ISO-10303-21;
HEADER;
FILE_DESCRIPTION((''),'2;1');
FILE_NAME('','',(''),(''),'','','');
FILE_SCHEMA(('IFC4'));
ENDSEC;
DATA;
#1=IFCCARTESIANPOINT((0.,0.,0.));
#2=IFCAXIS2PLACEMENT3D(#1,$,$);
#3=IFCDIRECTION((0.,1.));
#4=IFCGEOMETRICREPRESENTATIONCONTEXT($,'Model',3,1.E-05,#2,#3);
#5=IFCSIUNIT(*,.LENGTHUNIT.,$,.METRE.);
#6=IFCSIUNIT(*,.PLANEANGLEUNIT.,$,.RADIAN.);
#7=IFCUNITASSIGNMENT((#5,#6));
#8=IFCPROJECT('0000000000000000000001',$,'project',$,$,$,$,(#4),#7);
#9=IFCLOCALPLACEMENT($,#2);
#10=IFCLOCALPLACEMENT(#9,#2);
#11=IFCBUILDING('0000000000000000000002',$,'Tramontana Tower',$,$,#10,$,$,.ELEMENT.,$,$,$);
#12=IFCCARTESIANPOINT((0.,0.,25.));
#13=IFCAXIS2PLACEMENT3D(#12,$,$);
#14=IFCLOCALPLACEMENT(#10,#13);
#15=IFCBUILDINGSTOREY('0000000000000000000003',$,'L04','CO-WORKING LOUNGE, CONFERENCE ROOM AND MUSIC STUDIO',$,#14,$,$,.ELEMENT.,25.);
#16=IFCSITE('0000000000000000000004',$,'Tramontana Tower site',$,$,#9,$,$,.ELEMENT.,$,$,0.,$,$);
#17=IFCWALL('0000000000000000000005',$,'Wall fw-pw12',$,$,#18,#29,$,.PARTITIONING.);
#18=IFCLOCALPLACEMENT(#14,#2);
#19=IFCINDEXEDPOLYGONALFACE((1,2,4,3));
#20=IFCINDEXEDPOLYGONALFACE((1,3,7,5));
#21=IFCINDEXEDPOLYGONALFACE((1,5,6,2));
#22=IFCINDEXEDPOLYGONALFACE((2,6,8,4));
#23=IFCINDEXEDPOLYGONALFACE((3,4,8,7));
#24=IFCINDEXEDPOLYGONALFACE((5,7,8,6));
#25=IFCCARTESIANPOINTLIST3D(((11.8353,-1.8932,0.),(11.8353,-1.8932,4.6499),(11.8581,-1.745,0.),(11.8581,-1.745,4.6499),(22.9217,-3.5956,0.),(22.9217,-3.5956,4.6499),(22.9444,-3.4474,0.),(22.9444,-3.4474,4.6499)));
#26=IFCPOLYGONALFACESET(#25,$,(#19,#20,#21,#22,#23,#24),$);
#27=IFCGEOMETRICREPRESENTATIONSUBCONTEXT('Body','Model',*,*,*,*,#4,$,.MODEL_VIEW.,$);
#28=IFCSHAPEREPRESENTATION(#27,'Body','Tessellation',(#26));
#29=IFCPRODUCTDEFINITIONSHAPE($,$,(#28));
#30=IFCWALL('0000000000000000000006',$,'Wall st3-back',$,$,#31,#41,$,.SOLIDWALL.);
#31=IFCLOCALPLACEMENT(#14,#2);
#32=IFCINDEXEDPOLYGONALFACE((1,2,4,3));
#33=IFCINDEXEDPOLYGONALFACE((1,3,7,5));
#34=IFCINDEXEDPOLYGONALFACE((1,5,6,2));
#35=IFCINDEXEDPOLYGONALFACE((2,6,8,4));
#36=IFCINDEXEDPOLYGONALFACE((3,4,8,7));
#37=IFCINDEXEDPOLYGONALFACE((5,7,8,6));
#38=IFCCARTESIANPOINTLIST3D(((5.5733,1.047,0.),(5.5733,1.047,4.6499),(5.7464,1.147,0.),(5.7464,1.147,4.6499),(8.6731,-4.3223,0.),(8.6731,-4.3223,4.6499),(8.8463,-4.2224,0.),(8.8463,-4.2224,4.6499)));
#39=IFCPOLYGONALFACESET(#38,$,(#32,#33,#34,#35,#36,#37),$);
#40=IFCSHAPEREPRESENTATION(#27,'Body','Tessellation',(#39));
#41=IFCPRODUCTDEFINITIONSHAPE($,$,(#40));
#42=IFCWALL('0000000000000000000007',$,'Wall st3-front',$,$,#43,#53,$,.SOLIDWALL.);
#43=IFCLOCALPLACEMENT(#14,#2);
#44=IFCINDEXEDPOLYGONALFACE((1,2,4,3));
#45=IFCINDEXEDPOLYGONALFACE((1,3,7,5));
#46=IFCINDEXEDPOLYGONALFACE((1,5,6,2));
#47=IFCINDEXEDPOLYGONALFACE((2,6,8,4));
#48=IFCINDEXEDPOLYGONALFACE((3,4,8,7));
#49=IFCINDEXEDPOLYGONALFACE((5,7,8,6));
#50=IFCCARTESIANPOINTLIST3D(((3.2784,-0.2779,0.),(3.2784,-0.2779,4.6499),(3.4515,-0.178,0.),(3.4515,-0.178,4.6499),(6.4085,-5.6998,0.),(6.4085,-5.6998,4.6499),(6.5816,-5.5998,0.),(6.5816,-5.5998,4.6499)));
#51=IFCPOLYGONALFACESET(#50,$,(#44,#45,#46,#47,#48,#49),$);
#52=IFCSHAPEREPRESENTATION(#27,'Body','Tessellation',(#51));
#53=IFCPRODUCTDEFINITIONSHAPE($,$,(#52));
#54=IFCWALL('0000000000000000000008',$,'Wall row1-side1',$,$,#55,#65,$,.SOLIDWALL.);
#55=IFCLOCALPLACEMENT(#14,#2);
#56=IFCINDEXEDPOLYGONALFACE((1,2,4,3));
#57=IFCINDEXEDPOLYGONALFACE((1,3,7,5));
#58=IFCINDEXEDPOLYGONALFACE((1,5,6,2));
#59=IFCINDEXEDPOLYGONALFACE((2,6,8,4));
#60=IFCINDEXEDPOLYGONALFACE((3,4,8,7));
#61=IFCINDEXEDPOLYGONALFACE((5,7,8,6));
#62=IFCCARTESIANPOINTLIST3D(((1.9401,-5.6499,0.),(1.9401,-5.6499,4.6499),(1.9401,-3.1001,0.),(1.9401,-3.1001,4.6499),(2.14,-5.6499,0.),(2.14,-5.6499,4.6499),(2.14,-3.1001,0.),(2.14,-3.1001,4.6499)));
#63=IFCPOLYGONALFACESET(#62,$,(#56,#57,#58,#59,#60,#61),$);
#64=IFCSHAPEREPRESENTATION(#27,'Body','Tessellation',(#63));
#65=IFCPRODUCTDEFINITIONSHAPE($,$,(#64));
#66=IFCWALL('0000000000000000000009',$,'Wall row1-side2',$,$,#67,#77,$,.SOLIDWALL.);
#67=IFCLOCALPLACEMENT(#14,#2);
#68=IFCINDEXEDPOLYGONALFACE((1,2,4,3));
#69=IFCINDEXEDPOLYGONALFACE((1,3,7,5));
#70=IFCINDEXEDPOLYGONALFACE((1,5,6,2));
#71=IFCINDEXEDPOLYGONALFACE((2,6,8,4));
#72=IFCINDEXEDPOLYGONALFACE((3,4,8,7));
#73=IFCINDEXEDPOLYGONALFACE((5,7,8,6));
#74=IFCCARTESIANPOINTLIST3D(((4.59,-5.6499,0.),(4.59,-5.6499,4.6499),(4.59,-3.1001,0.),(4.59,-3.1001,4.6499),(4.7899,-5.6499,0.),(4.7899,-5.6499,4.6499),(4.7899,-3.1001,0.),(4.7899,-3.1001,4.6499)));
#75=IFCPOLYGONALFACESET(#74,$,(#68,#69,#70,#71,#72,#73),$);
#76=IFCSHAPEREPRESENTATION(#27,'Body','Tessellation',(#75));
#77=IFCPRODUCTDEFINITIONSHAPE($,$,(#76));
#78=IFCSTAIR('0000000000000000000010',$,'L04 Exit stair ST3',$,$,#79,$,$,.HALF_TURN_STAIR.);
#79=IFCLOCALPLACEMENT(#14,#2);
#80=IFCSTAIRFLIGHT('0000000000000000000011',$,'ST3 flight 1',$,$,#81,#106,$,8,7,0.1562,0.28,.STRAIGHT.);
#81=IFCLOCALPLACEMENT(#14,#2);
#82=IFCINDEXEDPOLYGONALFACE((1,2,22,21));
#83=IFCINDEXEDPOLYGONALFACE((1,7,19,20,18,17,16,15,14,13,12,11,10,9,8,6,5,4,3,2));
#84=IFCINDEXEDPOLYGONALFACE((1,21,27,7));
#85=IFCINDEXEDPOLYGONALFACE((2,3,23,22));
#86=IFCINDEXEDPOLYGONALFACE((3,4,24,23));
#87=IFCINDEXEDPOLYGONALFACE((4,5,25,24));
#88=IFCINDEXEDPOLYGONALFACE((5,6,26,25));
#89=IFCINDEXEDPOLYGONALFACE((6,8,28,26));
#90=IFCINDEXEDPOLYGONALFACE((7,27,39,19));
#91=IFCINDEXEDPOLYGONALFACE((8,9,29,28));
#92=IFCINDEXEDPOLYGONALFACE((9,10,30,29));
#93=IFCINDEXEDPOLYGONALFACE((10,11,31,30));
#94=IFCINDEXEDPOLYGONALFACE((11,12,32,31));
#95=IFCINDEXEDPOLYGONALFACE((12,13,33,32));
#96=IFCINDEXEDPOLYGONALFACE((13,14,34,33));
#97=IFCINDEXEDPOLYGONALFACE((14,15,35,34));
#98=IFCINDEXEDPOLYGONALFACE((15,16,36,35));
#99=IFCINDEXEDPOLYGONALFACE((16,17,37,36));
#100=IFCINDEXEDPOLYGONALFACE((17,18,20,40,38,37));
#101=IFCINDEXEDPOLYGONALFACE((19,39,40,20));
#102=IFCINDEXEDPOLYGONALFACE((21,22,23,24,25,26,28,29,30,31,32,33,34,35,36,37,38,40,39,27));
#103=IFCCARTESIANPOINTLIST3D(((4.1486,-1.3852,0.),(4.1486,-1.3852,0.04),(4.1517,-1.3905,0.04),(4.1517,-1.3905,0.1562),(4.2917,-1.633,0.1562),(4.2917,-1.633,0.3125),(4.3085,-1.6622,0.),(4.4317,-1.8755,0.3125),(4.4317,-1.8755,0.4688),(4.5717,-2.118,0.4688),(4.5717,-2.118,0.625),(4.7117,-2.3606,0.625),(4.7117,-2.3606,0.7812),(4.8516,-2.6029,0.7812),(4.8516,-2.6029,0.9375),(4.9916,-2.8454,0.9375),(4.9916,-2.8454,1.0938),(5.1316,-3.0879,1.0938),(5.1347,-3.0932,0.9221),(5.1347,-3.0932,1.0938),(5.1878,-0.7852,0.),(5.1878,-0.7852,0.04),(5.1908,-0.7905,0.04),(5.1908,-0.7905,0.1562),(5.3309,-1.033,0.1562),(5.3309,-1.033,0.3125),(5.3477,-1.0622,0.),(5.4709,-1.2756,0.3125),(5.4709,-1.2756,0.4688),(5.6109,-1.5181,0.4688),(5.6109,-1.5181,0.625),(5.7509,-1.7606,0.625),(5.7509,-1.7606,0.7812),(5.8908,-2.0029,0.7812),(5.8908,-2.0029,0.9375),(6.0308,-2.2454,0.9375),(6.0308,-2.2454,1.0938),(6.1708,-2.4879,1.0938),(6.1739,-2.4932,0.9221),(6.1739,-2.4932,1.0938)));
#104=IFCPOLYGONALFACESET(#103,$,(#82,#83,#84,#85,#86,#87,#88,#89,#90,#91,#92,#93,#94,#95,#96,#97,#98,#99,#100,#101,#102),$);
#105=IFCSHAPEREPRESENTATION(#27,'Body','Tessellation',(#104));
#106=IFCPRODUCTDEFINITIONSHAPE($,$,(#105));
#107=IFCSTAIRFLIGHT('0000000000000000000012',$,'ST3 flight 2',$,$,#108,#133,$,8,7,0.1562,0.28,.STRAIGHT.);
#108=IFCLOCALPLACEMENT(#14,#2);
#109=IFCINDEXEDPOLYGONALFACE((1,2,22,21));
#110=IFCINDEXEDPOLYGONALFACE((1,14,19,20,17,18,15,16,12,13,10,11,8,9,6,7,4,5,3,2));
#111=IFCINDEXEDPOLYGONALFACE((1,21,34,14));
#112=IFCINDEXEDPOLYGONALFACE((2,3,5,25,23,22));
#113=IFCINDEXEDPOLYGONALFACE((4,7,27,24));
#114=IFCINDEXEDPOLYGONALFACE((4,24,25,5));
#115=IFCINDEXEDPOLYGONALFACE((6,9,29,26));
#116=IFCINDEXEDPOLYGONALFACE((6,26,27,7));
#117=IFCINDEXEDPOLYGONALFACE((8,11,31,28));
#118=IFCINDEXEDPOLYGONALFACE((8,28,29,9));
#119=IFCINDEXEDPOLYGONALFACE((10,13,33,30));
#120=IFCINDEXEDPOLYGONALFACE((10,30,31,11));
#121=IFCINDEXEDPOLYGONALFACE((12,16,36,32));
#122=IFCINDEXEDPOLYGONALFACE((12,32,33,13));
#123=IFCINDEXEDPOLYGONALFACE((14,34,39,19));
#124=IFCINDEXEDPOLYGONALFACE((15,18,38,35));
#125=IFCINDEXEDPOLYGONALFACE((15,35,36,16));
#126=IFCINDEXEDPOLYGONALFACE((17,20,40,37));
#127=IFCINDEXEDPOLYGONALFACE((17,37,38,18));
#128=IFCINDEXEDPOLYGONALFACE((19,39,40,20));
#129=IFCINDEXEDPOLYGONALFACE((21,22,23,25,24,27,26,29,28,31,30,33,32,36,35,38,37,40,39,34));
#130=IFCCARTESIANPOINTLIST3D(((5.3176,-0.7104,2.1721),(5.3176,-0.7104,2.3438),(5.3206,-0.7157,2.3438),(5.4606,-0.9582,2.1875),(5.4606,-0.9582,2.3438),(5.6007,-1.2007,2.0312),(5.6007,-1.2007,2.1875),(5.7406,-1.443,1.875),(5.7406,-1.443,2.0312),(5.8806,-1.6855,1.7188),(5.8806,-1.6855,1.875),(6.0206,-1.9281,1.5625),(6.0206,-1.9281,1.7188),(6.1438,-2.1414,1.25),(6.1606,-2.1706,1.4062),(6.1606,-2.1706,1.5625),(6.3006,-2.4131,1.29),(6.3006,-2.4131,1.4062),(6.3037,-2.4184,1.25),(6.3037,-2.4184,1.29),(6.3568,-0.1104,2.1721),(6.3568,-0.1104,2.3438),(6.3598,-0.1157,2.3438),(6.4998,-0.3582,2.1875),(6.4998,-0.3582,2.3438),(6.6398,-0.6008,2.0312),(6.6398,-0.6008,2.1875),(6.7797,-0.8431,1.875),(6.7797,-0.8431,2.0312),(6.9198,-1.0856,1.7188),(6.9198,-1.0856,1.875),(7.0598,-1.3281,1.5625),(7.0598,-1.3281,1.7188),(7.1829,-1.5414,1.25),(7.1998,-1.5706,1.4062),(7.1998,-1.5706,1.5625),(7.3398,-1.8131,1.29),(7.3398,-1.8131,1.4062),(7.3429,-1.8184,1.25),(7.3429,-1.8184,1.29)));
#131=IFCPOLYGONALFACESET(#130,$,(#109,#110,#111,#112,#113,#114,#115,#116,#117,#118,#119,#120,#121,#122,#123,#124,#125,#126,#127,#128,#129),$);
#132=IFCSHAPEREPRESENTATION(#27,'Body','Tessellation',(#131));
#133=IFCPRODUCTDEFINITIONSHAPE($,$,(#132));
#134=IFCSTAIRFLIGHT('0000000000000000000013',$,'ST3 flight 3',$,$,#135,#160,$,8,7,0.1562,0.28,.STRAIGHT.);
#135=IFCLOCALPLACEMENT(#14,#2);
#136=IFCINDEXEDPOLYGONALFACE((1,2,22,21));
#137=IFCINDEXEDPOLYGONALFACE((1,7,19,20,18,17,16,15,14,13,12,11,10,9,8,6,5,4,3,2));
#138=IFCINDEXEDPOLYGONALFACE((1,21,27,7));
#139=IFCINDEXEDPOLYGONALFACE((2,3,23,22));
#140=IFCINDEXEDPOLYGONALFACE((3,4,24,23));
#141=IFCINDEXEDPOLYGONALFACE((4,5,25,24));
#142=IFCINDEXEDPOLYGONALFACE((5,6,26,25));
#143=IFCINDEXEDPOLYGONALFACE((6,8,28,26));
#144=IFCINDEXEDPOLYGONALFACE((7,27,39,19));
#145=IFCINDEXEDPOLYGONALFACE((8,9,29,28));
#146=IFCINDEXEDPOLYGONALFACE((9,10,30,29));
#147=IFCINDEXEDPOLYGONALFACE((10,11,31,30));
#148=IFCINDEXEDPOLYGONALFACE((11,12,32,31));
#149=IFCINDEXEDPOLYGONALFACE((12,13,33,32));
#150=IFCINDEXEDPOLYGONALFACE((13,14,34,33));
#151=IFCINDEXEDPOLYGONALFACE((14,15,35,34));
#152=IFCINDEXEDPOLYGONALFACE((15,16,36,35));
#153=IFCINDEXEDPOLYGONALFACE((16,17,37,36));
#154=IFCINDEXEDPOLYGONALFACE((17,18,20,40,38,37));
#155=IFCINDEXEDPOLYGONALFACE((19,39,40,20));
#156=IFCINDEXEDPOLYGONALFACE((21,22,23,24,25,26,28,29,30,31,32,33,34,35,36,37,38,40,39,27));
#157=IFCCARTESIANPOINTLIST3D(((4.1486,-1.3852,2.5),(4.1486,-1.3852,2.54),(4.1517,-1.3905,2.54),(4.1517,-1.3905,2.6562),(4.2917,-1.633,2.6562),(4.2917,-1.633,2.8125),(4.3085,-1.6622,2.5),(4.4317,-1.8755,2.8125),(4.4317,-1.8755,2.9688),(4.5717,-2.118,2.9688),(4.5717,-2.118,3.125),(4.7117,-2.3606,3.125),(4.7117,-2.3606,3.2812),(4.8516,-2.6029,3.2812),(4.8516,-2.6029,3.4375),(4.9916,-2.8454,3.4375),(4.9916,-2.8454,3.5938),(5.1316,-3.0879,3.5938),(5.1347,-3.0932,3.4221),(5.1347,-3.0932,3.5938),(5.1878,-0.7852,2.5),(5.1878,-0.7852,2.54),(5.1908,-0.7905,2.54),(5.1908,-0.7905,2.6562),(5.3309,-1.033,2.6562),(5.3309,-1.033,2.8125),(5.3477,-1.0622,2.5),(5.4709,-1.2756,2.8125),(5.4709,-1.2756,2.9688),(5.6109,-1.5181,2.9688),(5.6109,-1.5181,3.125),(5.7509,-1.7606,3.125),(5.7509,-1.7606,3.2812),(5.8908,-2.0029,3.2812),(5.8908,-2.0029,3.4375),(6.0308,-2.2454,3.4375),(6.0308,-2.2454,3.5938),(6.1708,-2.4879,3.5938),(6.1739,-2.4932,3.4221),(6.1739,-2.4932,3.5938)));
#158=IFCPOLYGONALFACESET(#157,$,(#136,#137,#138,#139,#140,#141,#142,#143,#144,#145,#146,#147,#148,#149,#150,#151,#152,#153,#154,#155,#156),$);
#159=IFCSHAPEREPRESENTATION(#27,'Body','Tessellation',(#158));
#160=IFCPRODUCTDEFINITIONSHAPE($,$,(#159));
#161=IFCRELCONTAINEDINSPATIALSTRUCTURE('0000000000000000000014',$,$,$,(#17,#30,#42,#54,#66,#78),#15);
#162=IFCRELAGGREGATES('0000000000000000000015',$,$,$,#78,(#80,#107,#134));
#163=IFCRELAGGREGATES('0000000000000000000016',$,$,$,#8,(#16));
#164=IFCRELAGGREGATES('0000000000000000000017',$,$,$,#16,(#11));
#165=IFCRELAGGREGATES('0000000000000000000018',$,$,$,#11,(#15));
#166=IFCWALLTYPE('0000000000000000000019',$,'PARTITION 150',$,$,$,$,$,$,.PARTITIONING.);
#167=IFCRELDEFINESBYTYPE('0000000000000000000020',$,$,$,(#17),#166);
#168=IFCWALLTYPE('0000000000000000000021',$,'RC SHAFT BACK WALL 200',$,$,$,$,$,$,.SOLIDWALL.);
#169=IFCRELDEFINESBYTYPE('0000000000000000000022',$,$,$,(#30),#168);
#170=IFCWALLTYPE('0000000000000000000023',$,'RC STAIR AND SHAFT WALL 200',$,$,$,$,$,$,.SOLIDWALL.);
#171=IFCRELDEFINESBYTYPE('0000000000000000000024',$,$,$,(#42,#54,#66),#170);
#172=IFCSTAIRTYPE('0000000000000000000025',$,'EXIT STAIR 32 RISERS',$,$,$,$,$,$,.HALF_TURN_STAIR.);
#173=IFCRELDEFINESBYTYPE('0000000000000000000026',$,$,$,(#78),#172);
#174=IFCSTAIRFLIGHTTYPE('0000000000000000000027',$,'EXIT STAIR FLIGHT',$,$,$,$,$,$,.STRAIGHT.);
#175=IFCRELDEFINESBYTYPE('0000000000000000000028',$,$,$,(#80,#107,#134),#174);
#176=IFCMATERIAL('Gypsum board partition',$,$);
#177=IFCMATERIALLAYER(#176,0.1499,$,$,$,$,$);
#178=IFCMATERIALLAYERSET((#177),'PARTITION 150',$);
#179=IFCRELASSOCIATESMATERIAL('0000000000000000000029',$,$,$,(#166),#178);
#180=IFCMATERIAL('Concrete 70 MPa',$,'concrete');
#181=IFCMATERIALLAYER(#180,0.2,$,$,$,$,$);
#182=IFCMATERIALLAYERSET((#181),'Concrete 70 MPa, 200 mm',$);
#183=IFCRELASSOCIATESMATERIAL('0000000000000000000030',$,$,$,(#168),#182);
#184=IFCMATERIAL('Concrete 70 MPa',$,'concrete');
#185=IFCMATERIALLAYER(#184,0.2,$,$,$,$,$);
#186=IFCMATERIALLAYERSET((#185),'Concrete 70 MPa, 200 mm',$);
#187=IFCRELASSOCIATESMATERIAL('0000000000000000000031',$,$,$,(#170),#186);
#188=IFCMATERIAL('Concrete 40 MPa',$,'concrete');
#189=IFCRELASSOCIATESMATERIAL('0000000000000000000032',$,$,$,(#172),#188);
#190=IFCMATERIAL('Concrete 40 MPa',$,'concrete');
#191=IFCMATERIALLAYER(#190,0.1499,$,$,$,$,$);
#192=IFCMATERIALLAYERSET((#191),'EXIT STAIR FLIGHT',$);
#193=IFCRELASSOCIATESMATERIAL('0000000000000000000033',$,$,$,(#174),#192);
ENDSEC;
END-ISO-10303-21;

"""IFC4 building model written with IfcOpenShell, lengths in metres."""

from ifc_helpers import new_model, si_unit, direction, frame, frame_2d, origin, place, context, subcontext, project, spatial, polyline, rectangle, outline, extrude, material, layer, layer_set, type_object, element, aggregate, save


model = new_model("IFC4")

# Units and contexts
model_context = context("Model", 3, precision=1e-05, world=origin(), true_north=direction((0.0, 1.0)))
body_context = subcontext(model_context, "Body", "Model", "MODEL_VIEW")
ifc_project = project(units=[si_unit("LENGTHUNIT", "METRE"), si_unit("PLANEANGLEUNIT", "RADIAN")], contexts=[model_context])

# Site, building, storey
site_placement = place(None, origin())
site = spatial("IfcSite", under=ifc_project, at=site_placement, Name="Tramontana Tower site", CompositionType="ELEMENT", RefElevation=0.0)
building_placement = place(site_placement, origin())
building = spatial("IfcBuilding", under=site, at=building_placement, Name="Tramontana Tower", CompositionType="ELEMENT")
storey_placement = place(building_placement, frame((0.0, 0.0, 25.0)))
storey = spatial("IfcBuildingStorey", under=building, at=storey_placement, Name="L04", Description="CO-WORKING LOUNGE, CONFERENCE ROOM AND MUSIC STUDIO", CompositionType="ELEMENT", Elevation=25.0)

# Walls
ifc_material_1 = material(Name="Gypsum board partition")
ifc_layer_1 = layer(ifc_material_1, 0.1499)
ifc_layer_set_1 = layer_set([ifc_layer_1], Name="PARTITION 150")
wall_type_1 = type_object("IfcWallType", Name="PARTITION 150", PredefinedType="PARTITIONING", material=ifc_layer_set_1)
wall_1_placement = place(storey_placement, frame((11.8467, -1.8191, 0.0), z_axis=(0.0, 0.0, 1.0), x_axis=(0.988415, -0.151777, 0.0)))
element("IfcWall", 1, at=wall_1_placement, inside=storey, type_object=wall_type_1, Name="Wall fw-pw12", PredefinedType="PARTITIONING", context=body_context, shape_type="SweptSolid", body=[
    extrude(rectangle(XDim=11.2163, YDim=0.1499, at=frame_2d((5.6082, 0.0))), origin(), (0.0, 0.0, 1.0), 4.6499),
])
ifc_material_2 = material(Name="Concrete 70 MPa", Category="concrete")
ifc_layer_2 = layer(ifc_material_2, 0.2)
ifc_layer_set_2 = layer_set([ifc_layer_2], Name="Concrete 70 MPa, 200 mm")
wall_type_2 = type_object("IfcWallType", Name="RC SHAFT BACK WALL 200", PredefinedType="SOLIDWALL", material=ifc_layer_set_2)
wall_2_placement = place(storey_placement, frame((8.7598, -4.2725, 0.0), z_axis=(0.0, 0.0, 1.0), x_axis=(-0.49998, 0.866037, 0.0)))
element("IfcWall", 2, at=wall_2_placement, inside=storey, type_object=wall_type_2, Name="Wall st3-back", PredefinedType="SOLIDWALL", context=body_context, shape_type="SweptSolid", body=[
    extrude(rectangle(XDim=6.2, YDim=0.2, at=frame_2d((3.1001, 0.0))), origin(), (0.0, 0.0, 1.0), 4.6499),
])
ifc_material_3 = material(Name="Concrete 70 MPa", Category="concrete")
ifc_layer_3 = layer(ifc_material_3, 0.2)
ifc_layer_set_3 = layer_set([ifc_layer_3], Name="Concrete 70 MPa, 200 mm")
wall_type_3 = type_object("IfcWallType", Name="RC STAIR AND SHAFT WALL 200", PredefinedType="SOLIDWALL", material=ifc_layer_set_3)
wall_3_placement = place(storey_placement, frame((6.4951, -5.6499, 0.0), z_axis=(0.0, 0.0, 1.0), x_axis=(-0.499977, 0.866039, 0.0)))
element("IfcWall", 3, at=wall_3_placement, inside=storey, type_object=wall_type_3, Name="Wall st3-front", PredefinedType="SOLIDWALL", context=body_context, shape_type="SweptSolid", body=[
    extrude(rectangle(XDim=6.2605, YDim=0.2, at=frame_2d((3.1304, 0.0))), origin(), (0.0, 0.0, 1.0), 4.6499),
])
for number, where, z_axis, x_axis, name in (
    (4, (2.04, -3.1001, 0.0), (0.0, 0.0, 1.0), (0.0, -1.0, 0.0), "Wall row1-side1"),
    (5, (4.6899, -3.1001, 0.0), (0.0, 0.0, 1.0), (0.0, -1.0, 0.0), "Wall row1-side2"),
):
    element("IfcWall", number, at=place(storey_placement, frame(where, z_axis=z_axis, x_axis=x_axis)), inside=storey, type_object=wall_type_3, Name=name, PredefinedType="SOLIDWALL", context=body_context, shape_type="SweptSolid", body=[
        extrude(rectangle(XDim=2.5498, YDim=0.2, at=frame_2d((1.2749, 0.0))), origin(), (0.0, 0.0, 1.0), 4.6499),
    ])

# Stair, stair flights
ifc_material_4 = material(Name="Concrete 40 MPa", Category="concrete")
stair_type = type_object("IfcStairType", Name="EXIT STAIR 32 RISERS", PredefinedType="HALF_TURN_STAIR", material=ifc_material_4)
stair_placement = place(storey_placement, origin())
stair = element("IfcStair", 6, at=stair_placement, inside=storey, type_object=stair_type, Name="L04 Exit stair ST3", PredefinedType="HALF_TURN_STAIR")
ifc_material_5 = material(Name="Concrete 40 MPa", Category="concrete")
ifc_layer_4 = layer(ifc_material_5, 0.1499)
ifc_layer_set_4 = layer_set([ifc_layer_4], Name="EXIT STAIR FLIGHT")
stair_flight_type = type_object("IfcStairFlightType", Name="EXIT STAIR FLIGHT", PredefinedType="STRAIGHT", material=ifc_layer_set_4)
stair_flight_1_placement = place(storey_placement, frame((4.6711, -1.0906, 0.0), z_axis=(0.0, 0.0, 1.0), x_axis=(0.5, -0.866025, 0.0)))
stair_flight_1 = element("IfcStairFlight", 7, at=stair_flight_1_placement, type_object=stair_flight_type, Name="ST3 flight 1", NumberOfRisers=8, NumberOfTreads=7, PredefinedType="STRAIGHT", RiserHeight=0.1562, TreadLength=0.28, context=body_context, shape_type="SweptSolid", body=[
    extrude(outline(polyline([(-0.0061, 0.0), (-0.0061, 0.04), (0.0, 0.04), (0.0, 0.1562), (0.28, 0.1562), (0.28, 0.3125), (0.5601, 0.3125), (0.5601, 0.4688), (0.8401, 0.4688), (0.8401, 0.625), (1.1201, 0.625), (1.1201, 0.7812), (1.3999, 0.7812), (1.3999, 0.9375), (1.6799, 0.9375), (1.6799, 1.0938), (1.96, 1.0938), (1.9661, 1.0938), (1.9661, 0.9221), (0.3137, 0.0), (-0.0061, 0.0)])), frame((0.0, 0.6001, 0.0), z_axis=(0.0, -1.0, 0.0), x_axis=(1.0, 0.0, 0.0)), (0.0, 0.0, 1.0), 1.2),
])
stair_flight_2_placement = place(storey_placement, frame((6.8203, -2.113, 1.25), z_axis=(0.0, 0.0, 1.0), x_axis=(-0.5, 0.866025, 0.0)))
stair_flight_2 = element("IfcStairFlight", 8, at=stair_flight_2_placement, type_object=stair_flight_type, Name="ST3 flight 2", NumberOfRisers=8, NumberOfTreads=7, PredefinedType="STRAIGHT", RiserHeight=0.1562, TreadLength=0.28, context=body_context, shape_type="SweptSolid", body=[
    extrude(outline(polyline([(-0.0061, 0.0), (-0.0061, 0.04), (0.0, 0.04), (0.0, 0.1562), (0.28, 0.1562), (0.28, 0.3125), (0.5601, 0.3125), (0.5601, 0.4688), (0.8401, 0.4688), (0.8401, 0.625), (1.1201, 0.625), (1.1201, 0.7812), (1.3999, 0.7812), (1.3999, 0.9375), (1.6799, 0.9375), (1.6799, 1.0938), (1.96, 1.0938), (1.9661, 1.0938), (1.9661, 0.9221), (0.3137, 0.0), (-0.0061, 0.0)])), frame((0.0, 0.6001, 0.0), z_axis=(0.0, -1.0, 0.0), x_axis=(1.0, 0.0, 0.0)), (0.0, 0.0, 1.0), 1.2),
])
stair_flight_3_placement = place(storey_placement, frame((4.6711, -1.0906, 2.5), z_axis=(0.0, 0.0, 1.0), x_axis=(0.5, -0.866025, 0.0)))
stair_flight_3 = element("IfcStairFlight", 9, at=stair_flight_3_placement, type_object=stair_flight_type, Name="ST3 flight 3", NumberOfRisers=8, NumberOfTreads=7, PredefinedType="STRAIGHT", RiserHeight=0.1562, TreadLength=0.28, context=body_context, shape_type="SweptSolid", body=[
    extrude(outline(polyline([(-0.0061, 0.0), (-0.0061, 0.04), (0.0, 0.04), (0.0, 0.1562), (0.28, 0.1562), (0.28, 0.3125), (0.5601, 0.3125), (0.5601, 0.4688), (0.8401, 0.4688), (0.8401, 0.625), (1.1201, 0.625), (1.1201, 0.7812), (1.3999, 0.7812), (1.3999, 0.9375), (1.6799, 0.9375), (1.6799, 1.0938), (1.96, 1.0938), (1.9661, 1.0938), (1.9661, 0.9221), (0.3137, 0.0), (-0.0061, 0.0)])), frame((0.0, 0.6001, 0.0), z_axis=(0.0, -1.0, 0.0), x_axis=(1.0, 0.0, 0.0)), (0.0, 0.0, 1.0), 1.2),
])
aggregate(stair, [stair_flight_1, stair_flight_2, stair_flight_3])

save(model, "model.ifc")
